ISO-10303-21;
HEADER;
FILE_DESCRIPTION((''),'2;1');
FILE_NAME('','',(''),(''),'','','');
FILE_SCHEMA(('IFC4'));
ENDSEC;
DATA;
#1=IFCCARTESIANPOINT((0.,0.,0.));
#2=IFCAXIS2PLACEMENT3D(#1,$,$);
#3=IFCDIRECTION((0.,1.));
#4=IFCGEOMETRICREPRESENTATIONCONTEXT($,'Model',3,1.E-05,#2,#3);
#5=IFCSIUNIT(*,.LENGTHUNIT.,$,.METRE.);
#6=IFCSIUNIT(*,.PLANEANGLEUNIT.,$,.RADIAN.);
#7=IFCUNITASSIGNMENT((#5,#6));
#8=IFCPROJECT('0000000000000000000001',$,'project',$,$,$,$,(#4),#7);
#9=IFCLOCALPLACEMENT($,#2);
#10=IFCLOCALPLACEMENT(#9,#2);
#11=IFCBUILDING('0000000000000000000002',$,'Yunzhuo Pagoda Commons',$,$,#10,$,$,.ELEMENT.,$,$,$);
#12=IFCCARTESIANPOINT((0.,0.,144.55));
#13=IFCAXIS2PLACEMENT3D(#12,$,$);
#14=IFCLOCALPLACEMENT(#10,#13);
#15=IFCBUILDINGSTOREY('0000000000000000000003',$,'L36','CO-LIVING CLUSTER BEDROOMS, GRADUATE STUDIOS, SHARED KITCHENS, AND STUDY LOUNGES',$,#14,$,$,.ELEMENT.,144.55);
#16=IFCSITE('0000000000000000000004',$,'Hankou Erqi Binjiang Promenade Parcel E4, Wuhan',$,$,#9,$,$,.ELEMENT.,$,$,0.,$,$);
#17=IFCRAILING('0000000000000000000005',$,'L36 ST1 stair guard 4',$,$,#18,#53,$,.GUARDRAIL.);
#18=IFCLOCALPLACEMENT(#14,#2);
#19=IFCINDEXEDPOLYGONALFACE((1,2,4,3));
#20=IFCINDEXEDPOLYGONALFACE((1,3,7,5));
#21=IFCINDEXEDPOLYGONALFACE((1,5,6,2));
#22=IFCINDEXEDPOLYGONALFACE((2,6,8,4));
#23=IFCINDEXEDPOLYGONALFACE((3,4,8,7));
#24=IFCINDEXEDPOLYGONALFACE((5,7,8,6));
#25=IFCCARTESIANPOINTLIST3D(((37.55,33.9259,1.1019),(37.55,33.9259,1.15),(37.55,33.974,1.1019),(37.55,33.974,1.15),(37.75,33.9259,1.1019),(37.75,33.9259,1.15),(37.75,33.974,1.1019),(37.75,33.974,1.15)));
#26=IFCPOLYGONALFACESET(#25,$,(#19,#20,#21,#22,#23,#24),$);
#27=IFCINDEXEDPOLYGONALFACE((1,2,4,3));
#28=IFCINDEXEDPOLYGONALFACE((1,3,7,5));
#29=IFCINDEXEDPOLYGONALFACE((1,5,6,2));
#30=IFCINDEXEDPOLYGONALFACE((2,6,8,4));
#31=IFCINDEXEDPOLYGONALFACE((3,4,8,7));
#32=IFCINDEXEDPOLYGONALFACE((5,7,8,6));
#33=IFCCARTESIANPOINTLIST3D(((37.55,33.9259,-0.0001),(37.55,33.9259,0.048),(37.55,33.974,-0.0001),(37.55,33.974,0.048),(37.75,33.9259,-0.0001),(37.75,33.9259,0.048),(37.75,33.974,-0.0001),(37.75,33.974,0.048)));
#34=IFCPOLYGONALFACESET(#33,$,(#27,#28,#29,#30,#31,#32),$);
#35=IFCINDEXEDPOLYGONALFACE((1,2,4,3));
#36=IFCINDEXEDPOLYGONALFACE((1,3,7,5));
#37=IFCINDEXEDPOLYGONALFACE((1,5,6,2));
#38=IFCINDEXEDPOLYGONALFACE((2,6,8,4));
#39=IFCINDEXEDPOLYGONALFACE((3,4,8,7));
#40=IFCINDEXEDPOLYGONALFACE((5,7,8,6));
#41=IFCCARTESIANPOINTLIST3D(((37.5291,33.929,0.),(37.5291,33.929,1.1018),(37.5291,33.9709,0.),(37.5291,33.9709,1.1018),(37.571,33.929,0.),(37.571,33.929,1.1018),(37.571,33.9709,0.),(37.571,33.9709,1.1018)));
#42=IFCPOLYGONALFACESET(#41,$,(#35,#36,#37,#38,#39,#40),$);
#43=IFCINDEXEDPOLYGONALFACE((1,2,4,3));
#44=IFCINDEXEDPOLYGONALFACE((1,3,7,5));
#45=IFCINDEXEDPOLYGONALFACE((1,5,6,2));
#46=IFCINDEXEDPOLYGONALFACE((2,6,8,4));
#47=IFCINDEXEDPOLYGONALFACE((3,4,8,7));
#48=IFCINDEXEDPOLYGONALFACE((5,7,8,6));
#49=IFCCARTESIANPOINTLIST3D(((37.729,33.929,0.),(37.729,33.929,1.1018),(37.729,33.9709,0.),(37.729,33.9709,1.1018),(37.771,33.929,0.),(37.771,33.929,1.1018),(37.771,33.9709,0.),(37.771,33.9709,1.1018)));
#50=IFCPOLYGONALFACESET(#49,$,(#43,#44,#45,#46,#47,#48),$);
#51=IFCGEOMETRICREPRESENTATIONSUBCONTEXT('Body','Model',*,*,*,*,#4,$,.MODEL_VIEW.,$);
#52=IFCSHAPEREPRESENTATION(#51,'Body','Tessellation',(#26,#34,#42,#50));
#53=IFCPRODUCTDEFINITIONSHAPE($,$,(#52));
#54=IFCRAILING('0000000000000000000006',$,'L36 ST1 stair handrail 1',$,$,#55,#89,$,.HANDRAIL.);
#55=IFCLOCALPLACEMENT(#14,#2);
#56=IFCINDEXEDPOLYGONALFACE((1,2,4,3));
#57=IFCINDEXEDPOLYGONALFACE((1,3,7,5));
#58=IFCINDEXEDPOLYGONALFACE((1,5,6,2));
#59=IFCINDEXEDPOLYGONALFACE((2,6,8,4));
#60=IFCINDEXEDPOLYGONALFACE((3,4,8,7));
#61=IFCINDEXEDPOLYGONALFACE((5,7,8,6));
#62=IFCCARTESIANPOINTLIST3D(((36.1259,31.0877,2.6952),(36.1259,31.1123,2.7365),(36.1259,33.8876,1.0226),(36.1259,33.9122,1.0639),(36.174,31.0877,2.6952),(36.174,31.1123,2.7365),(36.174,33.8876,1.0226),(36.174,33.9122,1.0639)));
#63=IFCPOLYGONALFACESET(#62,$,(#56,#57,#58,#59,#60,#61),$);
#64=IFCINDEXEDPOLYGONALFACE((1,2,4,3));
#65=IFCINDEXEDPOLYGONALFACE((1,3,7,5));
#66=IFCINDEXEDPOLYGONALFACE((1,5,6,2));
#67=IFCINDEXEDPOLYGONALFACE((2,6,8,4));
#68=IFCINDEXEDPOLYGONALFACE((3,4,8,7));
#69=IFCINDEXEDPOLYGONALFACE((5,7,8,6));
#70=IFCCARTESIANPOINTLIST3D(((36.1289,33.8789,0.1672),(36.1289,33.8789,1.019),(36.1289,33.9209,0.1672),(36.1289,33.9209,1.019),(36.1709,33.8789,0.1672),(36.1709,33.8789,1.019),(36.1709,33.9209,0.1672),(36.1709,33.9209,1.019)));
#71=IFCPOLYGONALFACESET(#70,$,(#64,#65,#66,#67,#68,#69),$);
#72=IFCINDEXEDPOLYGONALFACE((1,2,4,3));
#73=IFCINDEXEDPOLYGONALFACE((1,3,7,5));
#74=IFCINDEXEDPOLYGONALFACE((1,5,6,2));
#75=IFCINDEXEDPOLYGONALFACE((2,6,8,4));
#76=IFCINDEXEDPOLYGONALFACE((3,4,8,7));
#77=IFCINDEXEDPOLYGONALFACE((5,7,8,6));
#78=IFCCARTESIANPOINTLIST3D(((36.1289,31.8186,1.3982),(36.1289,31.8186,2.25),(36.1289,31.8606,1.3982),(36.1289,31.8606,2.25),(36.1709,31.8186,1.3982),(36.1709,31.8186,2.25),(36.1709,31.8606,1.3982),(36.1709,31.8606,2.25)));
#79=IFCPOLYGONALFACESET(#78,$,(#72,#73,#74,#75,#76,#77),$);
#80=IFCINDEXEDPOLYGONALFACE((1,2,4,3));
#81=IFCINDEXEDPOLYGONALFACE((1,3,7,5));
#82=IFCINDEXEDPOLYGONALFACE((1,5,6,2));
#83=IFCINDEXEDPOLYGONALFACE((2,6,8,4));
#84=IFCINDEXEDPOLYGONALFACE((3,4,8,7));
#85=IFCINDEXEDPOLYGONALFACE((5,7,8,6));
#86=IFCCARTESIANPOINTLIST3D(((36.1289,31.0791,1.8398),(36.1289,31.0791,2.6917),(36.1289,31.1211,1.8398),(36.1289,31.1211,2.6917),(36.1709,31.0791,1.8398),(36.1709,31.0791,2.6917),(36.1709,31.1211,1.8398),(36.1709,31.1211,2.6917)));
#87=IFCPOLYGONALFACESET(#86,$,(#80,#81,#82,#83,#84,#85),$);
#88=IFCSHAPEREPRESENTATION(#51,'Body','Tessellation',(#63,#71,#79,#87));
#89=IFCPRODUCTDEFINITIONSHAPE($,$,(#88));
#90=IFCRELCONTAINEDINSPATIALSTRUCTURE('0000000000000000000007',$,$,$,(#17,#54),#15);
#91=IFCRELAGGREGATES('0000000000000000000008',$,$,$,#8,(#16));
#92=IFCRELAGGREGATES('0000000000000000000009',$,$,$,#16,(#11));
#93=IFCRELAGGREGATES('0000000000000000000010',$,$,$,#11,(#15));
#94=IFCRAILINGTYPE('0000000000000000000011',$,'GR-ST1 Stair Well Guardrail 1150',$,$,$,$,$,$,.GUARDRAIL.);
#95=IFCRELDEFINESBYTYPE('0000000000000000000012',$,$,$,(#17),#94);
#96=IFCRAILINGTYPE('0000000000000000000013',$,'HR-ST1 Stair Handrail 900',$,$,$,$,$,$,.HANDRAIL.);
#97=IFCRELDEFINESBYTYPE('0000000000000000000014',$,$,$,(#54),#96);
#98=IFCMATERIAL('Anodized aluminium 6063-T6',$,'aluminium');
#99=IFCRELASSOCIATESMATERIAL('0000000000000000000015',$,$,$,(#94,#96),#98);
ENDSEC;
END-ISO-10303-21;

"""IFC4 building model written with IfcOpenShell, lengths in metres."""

from ifc_helpers import new_model, si_unit, direction, frame, origin, origin_2d, place, context, subcontext, project, spatial, rectangle, extrude, material, type_object, element, save


model = new_model("IFC4")

# Units and contexts
model_context = context("Model", 3, precision=1e-05, world=origin(), true_north=direction((0.0, 1.0)))
body_context = subcontext(model_context, "Body", "Model", "MODEL_VIEW")
ifc_project = project(units=[si_unit("LENGTHUNIT", "METRE"), si_unit("PLANEANGLEUNIT", "RADIAN")], contexts=[model_context])

# Site, building, storey
site_placement = place(None, origin())
site = spatial("IfcSite", under=ifc_project, at=site_placement, Name="Hankou Erqi Binjiang Promenade Parcel E4, Wuhan", CompositionType="ELEMENT", RefElevation=0.0)
building_placement = place(site_placement, origin())
building = spatial("IfcBuilding", under=site, at=building_placement, Name="Yunzhuo Pagoda Commons", CompositionType="ELEMENT")
storey_placement = place(building_placement, frame((0.0, 0.0, 144.55)))
storey = spatial("IfcBuildingStorey", under=building, at=storey_placement, Name="L36", Description="CO-LIVING CLUSTER BEDROOMS, GRADUATE STUDIOS, SHARED KITCHENS, AND STUDY LOUNGES", CompositionType="ELEMENT", Elevation=144.55)

# Railings
ifc_material_1 = material(Name="Anodized aluminium 6063-T6", Category="aluminium")
railing_type_1 = type_object("IfcRailingType", Name="GR-ST1 Stair Well Guardrail 1150", PredefinedType="GUARDRAIL", material=ifc_material_1)
railing_1_placement = place(storey_placement, frame((37.55, 33.95, 0.0)))
element("IfcRailing", 1, at=railing_1_placement, inside=storey, type_object=railing_type_1, Name="L36 ST1 stair guard 4", PredefinedType="GUARDRAIL", context=body_context, shape_type="SweptSolid", body=[
    extrude(rectangle(XDim=0.0481, YDim=0.0481, at=origin_2d()), frame((0.0, 0.0, 1.126), z_axis=(1.0, 0.0, 0.0), x_axis=(0.0, 1.0, 0.0)), (0.0, 0.0, 1.0), 0.2),
    extrude(rectangle(XDim=0.0481, YDim=0.0481, at=origin_2d()), frame((0.0, 0.0, 0.0239), z_axis=(1.0, 0.0, 0.0), x_axis=(0.0, 1.0, 0.0)), (0.0, 0.0, 1.0), 0.2),
    extrude(rectangle(XDim=0.042, YDim=0.042, at=origin_2d()), origin(), (0.0, 0.0, 1.0), 1.1018),
    extrude(rectangle(XDim=0.042, YDim=0.042, at=origin_2d()), frame((0.2, 0.0, 0.0)), (0.0, 0.0, 1.0), 1.1018),
])
railing_type_2 = type_object("IfcRailingType", Name="HR-ST1 Stair Handrail 900", PredefinedType="HANDRAIL", material=ifc_material_1)
railing_2_placement = place(storey_placement, frame((36.1499, 33.8999, 0.1672)))
element("IfcRailing", 2, at=railing_2_placement, inside=storey, type_object=railing_type_2, Name="L36 ST1 stair handrail 1", PredefinedType="HANDRAIL", context=body_context, shape_type="SweptSolid", body=[
    extrude(rectangle(XDim=0.0481, YDim=0.0481, at=origin_2d()), frame((0.0, 0.0, 0.876), z_axis=(0.0, -0.858476, 0.512855), x_axis=(1.0, 0.0, 0.0)), (0.0, 0.0, 1.0), 3.2615),
    extrude(rectangle(XDim=0.042, YDim=0.042, at=origin_2d()), origin(), (0.0, 0.0, 1.0), 0.8518),
    extrude(rectangle(XDim=0.042, YDim=0.042, at=origin_2d()), frame((0.0, -2.0603, 1.231)), (0.0, 0.0, 1.0), 0.8518),
    extrude(rectangle(XDim=0.042, YDim=0.042, at=origin_2d()), frame((0.0, -2.7998, 1.6726)), (0.0, 0.0, 1.0), 0.8518),
])

save(model, "model.ifc")
